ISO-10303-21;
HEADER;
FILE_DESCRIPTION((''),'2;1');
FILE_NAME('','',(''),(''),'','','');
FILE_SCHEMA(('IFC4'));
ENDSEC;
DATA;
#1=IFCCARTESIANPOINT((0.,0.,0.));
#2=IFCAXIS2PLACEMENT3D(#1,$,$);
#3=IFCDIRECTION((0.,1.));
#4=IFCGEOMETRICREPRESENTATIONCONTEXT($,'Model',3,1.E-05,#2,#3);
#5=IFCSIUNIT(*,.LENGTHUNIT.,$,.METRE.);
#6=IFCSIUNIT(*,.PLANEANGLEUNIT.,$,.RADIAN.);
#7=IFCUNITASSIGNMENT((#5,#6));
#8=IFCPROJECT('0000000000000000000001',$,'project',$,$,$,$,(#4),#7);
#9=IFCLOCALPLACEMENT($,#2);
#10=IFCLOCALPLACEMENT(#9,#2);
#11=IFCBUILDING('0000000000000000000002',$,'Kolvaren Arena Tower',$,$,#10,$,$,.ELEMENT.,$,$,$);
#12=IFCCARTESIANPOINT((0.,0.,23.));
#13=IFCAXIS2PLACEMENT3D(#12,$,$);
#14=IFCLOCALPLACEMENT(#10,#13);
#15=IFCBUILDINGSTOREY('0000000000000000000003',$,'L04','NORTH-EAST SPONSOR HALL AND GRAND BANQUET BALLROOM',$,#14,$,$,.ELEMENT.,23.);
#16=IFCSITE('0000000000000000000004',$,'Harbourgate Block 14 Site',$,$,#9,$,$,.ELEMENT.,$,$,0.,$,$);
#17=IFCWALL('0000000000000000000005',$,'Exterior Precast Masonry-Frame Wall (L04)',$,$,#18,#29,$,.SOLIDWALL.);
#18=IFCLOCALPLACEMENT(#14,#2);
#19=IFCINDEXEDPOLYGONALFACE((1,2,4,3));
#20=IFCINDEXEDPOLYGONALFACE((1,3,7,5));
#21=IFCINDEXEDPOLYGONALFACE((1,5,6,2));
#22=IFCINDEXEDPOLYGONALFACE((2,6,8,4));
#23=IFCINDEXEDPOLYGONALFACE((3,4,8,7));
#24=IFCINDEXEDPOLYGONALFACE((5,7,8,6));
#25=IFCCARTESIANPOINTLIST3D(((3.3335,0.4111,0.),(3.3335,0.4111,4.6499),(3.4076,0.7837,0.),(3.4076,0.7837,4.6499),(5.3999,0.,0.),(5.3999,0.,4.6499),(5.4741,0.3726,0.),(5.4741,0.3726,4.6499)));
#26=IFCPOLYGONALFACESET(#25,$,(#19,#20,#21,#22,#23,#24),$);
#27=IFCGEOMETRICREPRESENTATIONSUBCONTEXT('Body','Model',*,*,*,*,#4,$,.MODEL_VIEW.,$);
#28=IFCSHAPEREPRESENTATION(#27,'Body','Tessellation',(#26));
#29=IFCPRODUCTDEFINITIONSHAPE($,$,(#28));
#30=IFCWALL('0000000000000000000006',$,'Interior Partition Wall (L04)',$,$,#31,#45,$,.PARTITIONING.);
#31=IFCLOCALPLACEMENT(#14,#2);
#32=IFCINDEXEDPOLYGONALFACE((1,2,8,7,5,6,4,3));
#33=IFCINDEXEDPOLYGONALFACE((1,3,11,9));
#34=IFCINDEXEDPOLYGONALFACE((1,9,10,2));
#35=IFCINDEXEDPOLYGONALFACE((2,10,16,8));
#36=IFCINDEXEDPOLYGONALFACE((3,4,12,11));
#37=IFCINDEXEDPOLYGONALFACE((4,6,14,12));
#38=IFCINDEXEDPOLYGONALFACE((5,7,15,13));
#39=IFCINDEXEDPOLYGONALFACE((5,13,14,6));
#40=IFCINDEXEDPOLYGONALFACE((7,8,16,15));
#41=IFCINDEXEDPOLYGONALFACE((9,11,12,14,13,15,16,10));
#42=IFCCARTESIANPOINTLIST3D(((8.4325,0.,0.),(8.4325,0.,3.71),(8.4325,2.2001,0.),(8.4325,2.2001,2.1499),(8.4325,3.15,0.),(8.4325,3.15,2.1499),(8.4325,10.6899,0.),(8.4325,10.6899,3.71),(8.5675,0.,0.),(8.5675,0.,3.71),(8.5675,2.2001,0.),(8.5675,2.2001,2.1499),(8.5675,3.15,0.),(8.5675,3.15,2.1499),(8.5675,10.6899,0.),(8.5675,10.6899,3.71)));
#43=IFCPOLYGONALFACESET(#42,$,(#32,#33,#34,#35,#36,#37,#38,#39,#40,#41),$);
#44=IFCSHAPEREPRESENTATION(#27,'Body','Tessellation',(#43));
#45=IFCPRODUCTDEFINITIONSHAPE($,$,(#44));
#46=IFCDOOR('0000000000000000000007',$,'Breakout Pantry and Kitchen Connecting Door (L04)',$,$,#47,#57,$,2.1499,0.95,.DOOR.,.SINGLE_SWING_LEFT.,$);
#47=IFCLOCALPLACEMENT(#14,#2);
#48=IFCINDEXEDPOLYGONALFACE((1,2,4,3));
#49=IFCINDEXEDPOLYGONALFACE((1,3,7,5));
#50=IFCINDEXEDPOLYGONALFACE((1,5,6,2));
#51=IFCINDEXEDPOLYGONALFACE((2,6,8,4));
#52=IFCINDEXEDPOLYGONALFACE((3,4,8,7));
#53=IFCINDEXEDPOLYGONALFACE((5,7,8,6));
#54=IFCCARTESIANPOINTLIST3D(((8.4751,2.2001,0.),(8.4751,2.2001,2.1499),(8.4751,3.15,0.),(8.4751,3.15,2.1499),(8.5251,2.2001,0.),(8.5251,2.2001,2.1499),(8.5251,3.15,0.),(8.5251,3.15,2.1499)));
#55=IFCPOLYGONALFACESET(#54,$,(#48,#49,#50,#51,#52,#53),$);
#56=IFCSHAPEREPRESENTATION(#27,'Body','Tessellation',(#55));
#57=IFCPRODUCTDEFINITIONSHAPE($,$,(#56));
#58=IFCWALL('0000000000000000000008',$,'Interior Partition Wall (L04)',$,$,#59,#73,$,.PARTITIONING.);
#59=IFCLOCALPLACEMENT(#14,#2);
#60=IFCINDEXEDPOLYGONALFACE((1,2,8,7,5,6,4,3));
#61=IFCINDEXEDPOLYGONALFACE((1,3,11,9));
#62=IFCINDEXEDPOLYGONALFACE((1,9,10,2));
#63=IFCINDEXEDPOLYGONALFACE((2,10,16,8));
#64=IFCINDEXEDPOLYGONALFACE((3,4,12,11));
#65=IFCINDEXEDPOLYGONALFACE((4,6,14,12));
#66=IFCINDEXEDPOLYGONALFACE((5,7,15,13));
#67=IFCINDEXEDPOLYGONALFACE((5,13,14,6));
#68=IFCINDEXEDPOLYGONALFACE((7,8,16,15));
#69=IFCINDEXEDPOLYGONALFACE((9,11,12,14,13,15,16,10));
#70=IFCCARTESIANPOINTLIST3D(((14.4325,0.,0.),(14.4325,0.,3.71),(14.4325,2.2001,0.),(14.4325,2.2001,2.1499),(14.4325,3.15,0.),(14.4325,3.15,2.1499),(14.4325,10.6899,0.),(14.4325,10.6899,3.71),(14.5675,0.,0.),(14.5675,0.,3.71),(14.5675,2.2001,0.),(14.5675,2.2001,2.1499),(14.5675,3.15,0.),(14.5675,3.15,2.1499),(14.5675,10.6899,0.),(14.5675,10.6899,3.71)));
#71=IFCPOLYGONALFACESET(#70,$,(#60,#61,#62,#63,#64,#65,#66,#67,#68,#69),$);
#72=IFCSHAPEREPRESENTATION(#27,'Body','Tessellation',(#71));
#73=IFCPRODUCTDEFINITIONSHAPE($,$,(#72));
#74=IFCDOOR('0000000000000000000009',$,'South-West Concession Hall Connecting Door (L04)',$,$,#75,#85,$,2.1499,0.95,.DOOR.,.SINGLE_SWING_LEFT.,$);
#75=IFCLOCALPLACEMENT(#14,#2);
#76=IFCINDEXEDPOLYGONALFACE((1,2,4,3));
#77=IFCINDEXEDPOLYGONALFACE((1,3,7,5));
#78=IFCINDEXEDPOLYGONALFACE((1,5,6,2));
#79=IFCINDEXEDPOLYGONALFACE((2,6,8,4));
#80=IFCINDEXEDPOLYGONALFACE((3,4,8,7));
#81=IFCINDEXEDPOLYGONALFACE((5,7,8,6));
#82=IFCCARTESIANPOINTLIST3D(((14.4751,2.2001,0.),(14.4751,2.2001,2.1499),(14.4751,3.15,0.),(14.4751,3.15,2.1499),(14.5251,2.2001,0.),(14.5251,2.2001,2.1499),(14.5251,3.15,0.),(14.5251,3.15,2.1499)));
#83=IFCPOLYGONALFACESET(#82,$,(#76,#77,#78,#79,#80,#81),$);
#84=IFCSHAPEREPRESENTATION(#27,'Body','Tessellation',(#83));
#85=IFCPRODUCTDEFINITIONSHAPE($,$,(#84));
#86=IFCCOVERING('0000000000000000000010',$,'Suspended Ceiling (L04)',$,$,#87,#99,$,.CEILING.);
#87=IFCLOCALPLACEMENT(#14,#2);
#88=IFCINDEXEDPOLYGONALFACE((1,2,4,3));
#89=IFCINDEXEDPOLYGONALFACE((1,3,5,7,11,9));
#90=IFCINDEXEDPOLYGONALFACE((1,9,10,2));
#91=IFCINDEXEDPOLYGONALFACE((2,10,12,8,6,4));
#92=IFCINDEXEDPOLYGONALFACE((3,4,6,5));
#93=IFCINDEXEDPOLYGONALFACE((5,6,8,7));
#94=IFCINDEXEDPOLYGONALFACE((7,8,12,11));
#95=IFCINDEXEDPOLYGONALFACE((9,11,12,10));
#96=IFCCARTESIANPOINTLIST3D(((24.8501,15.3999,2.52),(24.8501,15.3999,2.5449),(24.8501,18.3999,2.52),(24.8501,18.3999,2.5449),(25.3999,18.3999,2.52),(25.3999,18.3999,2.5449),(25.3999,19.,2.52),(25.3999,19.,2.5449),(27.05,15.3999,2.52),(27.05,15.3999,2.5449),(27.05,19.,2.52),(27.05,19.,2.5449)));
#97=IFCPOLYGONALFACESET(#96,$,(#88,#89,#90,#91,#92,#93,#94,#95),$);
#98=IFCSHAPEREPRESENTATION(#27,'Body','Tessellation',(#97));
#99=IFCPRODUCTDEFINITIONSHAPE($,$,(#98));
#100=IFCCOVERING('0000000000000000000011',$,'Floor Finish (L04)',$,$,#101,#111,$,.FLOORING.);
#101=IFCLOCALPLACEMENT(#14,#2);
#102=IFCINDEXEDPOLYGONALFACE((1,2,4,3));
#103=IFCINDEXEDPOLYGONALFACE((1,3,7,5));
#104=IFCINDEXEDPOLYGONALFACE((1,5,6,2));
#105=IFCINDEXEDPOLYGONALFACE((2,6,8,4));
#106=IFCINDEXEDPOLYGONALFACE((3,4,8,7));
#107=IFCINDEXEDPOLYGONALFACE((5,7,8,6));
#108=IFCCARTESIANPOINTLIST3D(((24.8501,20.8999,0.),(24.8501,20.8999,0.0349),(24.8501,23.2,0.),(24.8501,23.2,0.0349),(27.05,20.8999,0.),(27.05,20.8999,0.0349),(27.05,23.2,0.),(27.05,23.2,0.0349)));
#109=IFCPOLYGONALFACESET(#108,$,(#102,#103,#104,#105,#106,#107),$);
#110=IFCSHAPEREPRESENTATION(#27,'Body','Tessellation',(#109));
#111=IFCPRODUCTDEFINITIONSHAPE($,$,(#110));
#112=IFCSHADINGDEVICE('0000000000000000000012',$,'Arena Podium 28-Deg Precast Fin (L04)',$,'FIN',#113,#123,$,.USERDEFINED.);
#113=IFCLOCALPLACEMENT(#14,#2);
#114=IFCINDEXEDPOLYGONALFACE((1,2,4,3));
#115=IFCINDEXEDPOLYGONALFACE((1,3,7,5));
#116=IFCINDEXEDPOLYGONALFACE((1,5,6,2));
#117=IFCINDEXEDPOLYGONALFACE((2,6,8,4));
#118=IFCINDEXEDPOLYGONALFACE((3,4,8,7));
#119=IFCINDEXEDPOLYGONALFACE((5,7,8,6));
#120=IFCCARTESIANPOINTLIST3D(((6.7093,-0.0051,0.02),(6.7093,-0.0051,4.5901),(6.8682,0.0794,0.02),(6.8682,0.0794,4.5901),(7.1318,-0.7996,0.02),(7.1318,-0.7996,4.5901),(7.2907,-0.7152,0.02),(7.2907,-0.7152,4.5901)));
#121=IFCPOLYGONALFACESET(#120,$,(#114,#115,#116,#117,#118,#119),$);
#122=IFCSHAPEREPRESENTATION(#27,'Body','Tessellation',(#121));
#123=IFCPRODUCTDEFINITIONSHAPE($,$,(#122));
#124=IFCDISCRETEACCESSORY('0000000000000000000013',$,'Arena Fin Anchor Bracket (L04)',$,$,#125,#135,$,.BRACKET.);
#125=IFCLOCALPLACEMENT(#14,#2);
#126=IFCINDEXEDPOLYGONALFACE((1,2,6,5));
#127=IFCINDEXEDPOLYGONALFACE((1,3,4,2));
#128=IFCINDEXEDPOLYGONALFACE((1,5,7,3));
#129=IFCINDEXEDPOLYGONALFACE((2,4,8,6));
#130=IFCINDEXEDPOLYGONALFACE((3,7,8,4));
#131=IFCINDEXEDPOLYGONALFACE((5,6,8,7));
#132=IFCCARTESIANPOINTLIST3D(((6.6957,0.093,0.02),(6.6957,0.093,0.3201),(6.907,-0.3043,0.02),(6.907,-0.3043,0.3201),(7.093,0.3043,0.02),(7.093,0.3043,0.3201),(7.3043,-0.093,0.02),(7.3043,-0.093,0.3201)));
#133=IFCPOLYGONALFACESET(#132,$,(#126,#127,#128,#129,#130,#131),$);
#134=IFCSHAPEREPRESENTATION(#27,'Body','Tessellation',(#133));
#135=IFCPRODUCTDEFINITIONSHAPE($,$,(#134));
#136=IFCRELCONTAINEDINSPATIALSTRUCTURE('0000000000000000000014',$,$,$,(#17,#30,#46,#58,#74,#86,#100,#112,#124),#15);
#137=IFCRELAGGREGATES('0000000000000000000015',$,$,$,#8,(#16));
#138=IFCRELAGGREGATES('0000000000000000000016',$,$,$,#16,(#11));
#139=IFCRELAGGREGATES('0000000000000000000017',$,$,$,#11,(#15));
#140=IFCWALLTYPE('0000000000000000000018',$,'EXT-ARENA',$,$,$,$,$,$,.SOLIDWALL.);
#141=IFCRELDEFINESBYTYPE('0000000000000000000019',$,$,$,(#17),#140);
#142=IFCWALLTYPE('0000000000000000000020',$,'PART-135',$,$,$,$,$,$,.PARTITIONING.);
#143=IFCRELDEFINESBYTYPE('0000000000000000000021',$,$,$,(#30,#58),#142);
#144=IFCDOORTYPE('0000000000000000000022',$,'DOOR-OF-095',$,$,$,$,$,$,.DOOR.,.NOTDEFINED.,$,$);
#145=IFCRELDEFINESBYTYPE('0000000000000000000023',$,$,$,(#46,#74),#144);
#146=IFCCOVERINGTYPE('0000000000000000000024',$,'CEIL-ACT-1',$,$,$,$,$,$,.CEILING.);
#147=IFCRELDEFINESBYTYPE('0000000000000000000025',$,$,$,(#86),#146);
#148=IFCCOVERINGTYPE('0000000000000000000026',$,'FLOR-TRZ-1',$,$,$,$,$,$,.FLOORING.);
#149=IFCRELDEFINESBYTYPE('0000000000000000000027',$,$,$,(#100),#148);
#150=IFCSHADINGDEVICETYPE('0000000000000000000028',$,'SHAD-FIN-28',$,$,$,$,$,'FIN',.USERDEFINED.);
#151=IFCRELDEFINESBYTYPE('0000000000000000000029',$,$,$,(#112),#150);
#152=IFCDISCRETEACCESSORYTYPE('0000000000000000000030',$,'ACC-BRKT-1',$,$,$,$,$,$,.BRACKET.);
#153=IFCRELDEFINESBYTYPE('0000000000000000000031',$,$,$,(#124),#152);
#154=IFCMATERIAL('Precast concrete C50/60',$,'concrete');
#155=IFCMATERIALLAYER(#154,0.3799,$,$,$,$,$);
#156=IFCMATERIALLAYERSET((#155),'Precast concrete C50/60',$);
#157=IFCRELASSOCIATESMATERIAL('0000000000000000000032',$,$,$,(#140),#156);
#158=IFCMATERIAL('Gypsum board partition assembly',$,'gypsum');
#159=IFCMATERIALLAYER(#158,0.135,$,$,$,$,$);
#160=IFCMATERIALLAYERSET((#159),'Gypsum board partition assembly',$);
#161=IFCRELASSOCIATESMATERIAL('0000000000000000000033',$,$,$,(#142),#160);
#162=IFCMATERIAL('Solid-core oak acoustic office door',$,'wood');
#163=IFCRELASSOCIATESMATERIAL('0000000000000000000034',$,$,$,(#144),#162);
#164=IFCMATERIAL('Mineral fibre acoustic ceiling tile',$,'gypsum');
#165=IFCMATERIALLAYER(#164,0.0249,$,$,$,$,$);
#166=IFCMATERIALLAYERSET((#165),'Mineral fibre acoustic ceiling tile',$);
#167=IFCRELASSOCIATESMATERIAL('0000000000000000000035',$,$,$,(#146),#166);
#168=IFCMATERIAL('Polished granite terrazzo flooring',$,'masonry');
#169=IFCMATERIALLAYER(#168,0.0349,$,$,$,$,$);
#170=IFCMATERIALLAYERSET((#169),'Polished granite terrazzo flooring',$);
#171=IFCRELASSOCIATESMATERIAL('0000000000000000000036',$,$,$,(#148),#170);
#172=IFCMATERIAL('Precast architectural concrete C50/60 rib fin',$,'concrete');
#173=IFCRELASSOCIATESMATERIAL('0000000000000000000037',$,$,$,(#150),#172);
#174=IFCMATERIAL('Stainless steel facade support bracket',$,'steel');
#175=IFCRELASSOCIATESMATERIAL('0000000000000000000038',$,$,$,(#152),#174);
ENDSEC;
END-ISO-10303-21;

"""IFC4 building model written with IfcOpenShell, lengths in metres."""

from ifc_helpers import new_model, si_unit, direction, frame, frame_2d, origin, origin_2d, place, context, subcontext, project, spatial, polyline, rectangle, outline, extrude, material, layer, layer_set, type_object, element, fill, save


model = new_model("IFC4")

# Units and contexts
model_context = context("Model", 3, precision=1e-05, world=origin(), true_north=direction((0.0, 1.0)))
body_context = subcontext(model_context, "Body", "Model", "MODEL_VIEW")
ifc_project = project(units=[si_unit("LENGTHUNIT", "METRE"), si_unit("PLANEANGLEUNIT", "RADIAN")], contexts=[model_context])

# Site, building, storey
site_placement = place(None, origin())
site = spatial("IfcSite", under=ifc_project, at=site_placement, Name="Harbourgate Block 14 Site", CompositionType="ELEMENT", RefElevation=0.0)
building_placement = place(site_placement, origin())
building = spatial("IfcBuilding", under=site, at=building_placement, Name="Kolvaren Arena Tower", CompositionType="ELEMENT")
storey_placement = place(building_placement, frame((0.0, 0.0, 23.0)))
storey = spatial("IfcBuildingStorey", under=building, at=storey_placement, Name="L04", Description="NORTH-EAST SPONSOR HALL AND GRAND BANQUET BALLROOM", CompositionType="ELEMENT", Elevation=23.0)

# Wall
ifc_material_1 = material(Name="Precast concrete C50/60", Category="concrete")
ifc_layer_1 = layer(ifc_material_1, 0.3799)
ifc_layer_set_1 = layer_set([ifc_layer_1], Name="Precast concrete C50/60")
wall_type_1 = type_object("IfcWallType", Name="EXT-ARENA", PredefinedType="SOLIDWALL", material=ifc_layer_set_1)
for number, where, z_axis, x_axis, name in (
    (1, (5.437, 0.1863, 0.0), (0.0, 0.0, 1.0), (-0.980776, 0.195136, 0.0), "Exterior Precast Masonry-Frame Wall (L04)"),
):
    element("IfcWall", number, at=place(storey_placement, frame(where, z_axis=z_axis, x_axis=x_axis)), inside=storey, type_object=wall_type_1, Name=name, PredefinedType="SOLIDWALL", context=body_context, shape_type="SweptSolid", body=[
        extrude(rectangle(XDim=2.1069, YDim=0.3799, at=frame_2d((1.0535, 0.0))), origin(), (0.0, 0.0, 1.0), 4.6499),
    ])

# Walls, openings, doors
ifc_material_2 = material(Name="Gypsum board partition assembly", Category="gypsum")
ifc_layer_2 = layer(ifc_material_2, 0.135)
ifc_layer_set_2 = layer_set([ifc_layer_2], Name="Gypsum board partition assembly")
wall_type_2 = type_object("IfcWallType", Name="PART-135", PredefinedType="PARTITIONING", material=ifc_layer_set_2)
wall_1_placement = place(storey_placement, frame((8.5, 0.0, 0.0), z_axis=(0.0, 0.0, 1.0), x_axis=(0.0, 1.0, 0.0)))
wall_1 = element("IfcWall", 2, at=wall_1_placement, inside=storey, type_object=wall_type_2, Name="Interior Partition Wall (L04)", PredefinedType="PARTITIONING", context=body_context, shape_type="SweptSolid", body=[
    extrude(rectangle(XDim=10.6899, YDim=0.135, at=frame_2d((5.345, 0.0))), origin(), (0.0, 0.0, 1.0), 3.71),
])
opening_1_placement = place(wall_1_placement, frame((2.2, 0.0, 0.0)))
opening_1 = element("IfcOpeningElement", 3, at=opening_1_placement, cuts=wall_1, PredefinedType="OPENING", context=body_context, shape_type="SweptSolid", body=[
    extrude(rectangle(XDim=0.95, YDim=2.1499, at=frame_2d((0.4751, 1.075))), frame((0.0, 0.0774, 0.0), z_axis=(0.0, -1.0, 0.0), x_axis=(1.0, 0.0, 0.0)), (0.0, 0.0, 1.0), 0.155),
])
ifc_material_3 = material(Name="Solid-core oak acoustic office door", Category="wood")
door_type = type_object("IfcDoorType", Name="DOOR-OF-095", OperationType="NOTDEFINED", PredefinedType="DOOR", material=ifc_material_3)
door_1_placement = place(opening_1_placement, origin())
door_1 = element("IfcDoor", 4, at=door_1_placement, inside=storey, type_object=door_type, Name="Breakout Pantry and Kitchen Connecting Door (L04)", OperationType="SINGLE_SWING_LEFT", OverallHeight=2.1499, OverallWidth=0.95, PredefinedType="DOOR", context=body_context, shape_type="SweptSolid", body=[
    extrude(rectangle(XDim=0.95, YDim=2.1499, at=frame_2d((0.4751, 1.075))), frame((0.0, 0.0249, 0.0), z_axis=(0.0, -1.0, 0.0), x_axis=(1.0, 0.0, 0.0)), (0.0, 0.0, 1.0), 0.05),
])
fill(opening_1, door_1)
wall_2_placement = place(storey_placement, frame((14.5, 0.0, 0.0), z_axis=(0.0, 0.0, 1.0), x_axis=(0.0, 1.0, 0.0)))
wall_2 = element("IfcWall", 5, at=wall_2_placement, inside=storey, type_object=wall_type_2, Name="Interior Partition Wall (L04)", PredefinedType="PARTITIONING", context=body_context, shape_type="SweptSolid", body=[
    extrude(rectangle(XDim=10.6899, YDim=0.135, at=frame_2d((5.345, 0.0))), origin(), (0.0, 0.0, 1.0), 3.71),
])
opening_2_placement = place(wall_2_placement, frame((2.2, 0.0, 0.0)))
opening_2 = element("IfcOpeningElement", 6, at=opening_2_placement, cuts=wall_2, PredefinedType="OPENING", context=body_context, shape_type="SweptSolid", body=[
    extrude(rectangle(XDim=0.95, YDim=2.1499, at=frame_2d((0.4751, 1.075))), frame((0.0, 0.0774, 0.0), z_axis=(0.0, -1.0, 0.0), x_axis=(1.0, 0.0, 0.0)), (0.0, 0.0, 1.0), 0.155),
])
door_2_placement = place(opening_2_placement, origin())
door_2 = element("IfcDoor", 7, at=door_2_placement, inside=storey, type_object=door_type, Name="South-West Concession Hall Connecting Door (L04)", OperationType="SINGLE_SWING_LEFT", OverallHeight=2.1499, OverallWidth=0.95, PredefinedType="DOOR", context=body_context, shape_type="SweptSolid", body=[
    extrude(rectangle(XDim=0.95, YDim=2.1499, at=frame_2d((0.4751, 1.075))), frame((0.0, 0.0249, 0.0), z_axis=(0.0, -1.0, 0.0), x_axis=(1.0, 0.0, 0.0)), (0.0, 0.0, 1.0), 0.05),
])
fill(opening_2, door_2)

# Coverings
ifc_material_4 = material(Name="Mineral fibre acoustic ceiling tile", Category="gypsum")
ifc_layer_3 = layer(ifc_material_4, 0.0249)
ifc_layer_set_3 = layer_set([ifc_layer_3], Name="Mineral fibre acoustic ceiling tile")
covering_type_1 = type_object("IfcCoveringType", Name="CEIL-ACT-1", PredefinedType="CEILING", material=ifc_layer_set_3)
covering_1_placement = place(storey_placement, frame((0.0, 0.0, 2.52)))
element("IfcCovering", 8, at=covering_1_placement, inside=storey, type_object=covering_type_1, Name="Suspended Ceiling (L04)", PredefinedType="CEILING", context=body_context, shape_type="SweptSolid", body=[
    extrude(outline(polyline([(27.05, 19.0), (27.05, 15.3999), (24.8501, 15.3999), (24.8501, 18.3999), (25.3999, 18.3999), (25.3999, 19.0), (27.05, 19.0)])), origin(), (0.0, 0.0, 1.0), 0.0249),
])
ifc_material_5 = material(Name="Polished granite terrazzo flooring", Category="masonry")
ifc_layer_4 = layer(ifc_material_5, 0.0349)
ifc_layer_set_4 = layer_set([ifc_layer_4], Name="Polished granite terrazzo flooring")
covering_type_2 = type_object("IfcCoveringType", Name="FLOR-TRZ-1", PredefinedType="FLOORING", material=ifc_layer_set_4)
covering_2_placement = place(storey_placement, origin())
element("IfcCovering", 9, at=covering_2_placement, inside=storey, type_object=covering_type_2, Name="Floor Finish (L04)", PredefinedType="FLOORING", context=body_context, shape_type="SweptSolid", body=[
    extrude(outline(polyline([(24.8501, 20.8999), (24.8501, 23.2), (27.05, 23.2), (27.05, 20.8999), (24.8501, 20.8999)])), origin(), (0.0, 0.0, 1.0), 0.0349),
])

# Shading device
ifc_material_6 = material(Name="Precast architectural concrete C50/60 rib fin", Category="concrete")
shading_device_type = type_object("IfcShadingDeviceType", Name="SHAD-FIN-28", ElementType="FIN", PredefinedType="USERDEFINED", material=ifc_material_6)
shading_device_placement = place(storey_placement, frame((7.0, -0.3601, 0.02), z_axis=(0.0, 0.0, 1.0), x_axis=(0.469472, -0.882948, 0.0)))
element("IfcShadingDevice", 10, at=shading_device_placement, inside=storey, type_object=shading_device_type, Name="Arena Podium 28-Deg Precast Fin (L04)", ObjectType="FIN", PredefinedType="USERDEFINED", context=body_context, shape_type="SweptSolid", body=[
    extrude(rectangle(XDim=0.8999, YDim=0.1799, at=origin_2d()), origin(), (0.0, 0.0, 1.0), 4.5701),
])

# Discrete accessory
ifc_material_7 = material(Name="Stainless steel facade support bracket", Category="steel")
discrete_accessory_type = type_object("IfcDiscreteAccessoryType", Name="ACC-BRKT-1", PredefinedType="BRACKET", material=ifc_material_7)
discrete_accessory_placement = place(storey_placement, frame((7.0, 0.0, 0.02), z_axis=(0.0, 0.0, 1.0), x_axis=(0.469472, -0.882948, 0.0)))
element("IfcDiscreteAccessory", 11, at=discrete_accessory_placement, inside=storey, type_object=discrete_accessory_type, Name="Arena Fin Anchor Bracket (L04)", PredefinedType="BRACKET", context=body_context, shape_type="SweptSolid", body=[
    extrude(rectangle(XDim=0.45, YDim=0.45, at=origin_2d()), origin(), (0.0, 0.0, 1.0), 0.3),
])

save(model, "model.ifc")
